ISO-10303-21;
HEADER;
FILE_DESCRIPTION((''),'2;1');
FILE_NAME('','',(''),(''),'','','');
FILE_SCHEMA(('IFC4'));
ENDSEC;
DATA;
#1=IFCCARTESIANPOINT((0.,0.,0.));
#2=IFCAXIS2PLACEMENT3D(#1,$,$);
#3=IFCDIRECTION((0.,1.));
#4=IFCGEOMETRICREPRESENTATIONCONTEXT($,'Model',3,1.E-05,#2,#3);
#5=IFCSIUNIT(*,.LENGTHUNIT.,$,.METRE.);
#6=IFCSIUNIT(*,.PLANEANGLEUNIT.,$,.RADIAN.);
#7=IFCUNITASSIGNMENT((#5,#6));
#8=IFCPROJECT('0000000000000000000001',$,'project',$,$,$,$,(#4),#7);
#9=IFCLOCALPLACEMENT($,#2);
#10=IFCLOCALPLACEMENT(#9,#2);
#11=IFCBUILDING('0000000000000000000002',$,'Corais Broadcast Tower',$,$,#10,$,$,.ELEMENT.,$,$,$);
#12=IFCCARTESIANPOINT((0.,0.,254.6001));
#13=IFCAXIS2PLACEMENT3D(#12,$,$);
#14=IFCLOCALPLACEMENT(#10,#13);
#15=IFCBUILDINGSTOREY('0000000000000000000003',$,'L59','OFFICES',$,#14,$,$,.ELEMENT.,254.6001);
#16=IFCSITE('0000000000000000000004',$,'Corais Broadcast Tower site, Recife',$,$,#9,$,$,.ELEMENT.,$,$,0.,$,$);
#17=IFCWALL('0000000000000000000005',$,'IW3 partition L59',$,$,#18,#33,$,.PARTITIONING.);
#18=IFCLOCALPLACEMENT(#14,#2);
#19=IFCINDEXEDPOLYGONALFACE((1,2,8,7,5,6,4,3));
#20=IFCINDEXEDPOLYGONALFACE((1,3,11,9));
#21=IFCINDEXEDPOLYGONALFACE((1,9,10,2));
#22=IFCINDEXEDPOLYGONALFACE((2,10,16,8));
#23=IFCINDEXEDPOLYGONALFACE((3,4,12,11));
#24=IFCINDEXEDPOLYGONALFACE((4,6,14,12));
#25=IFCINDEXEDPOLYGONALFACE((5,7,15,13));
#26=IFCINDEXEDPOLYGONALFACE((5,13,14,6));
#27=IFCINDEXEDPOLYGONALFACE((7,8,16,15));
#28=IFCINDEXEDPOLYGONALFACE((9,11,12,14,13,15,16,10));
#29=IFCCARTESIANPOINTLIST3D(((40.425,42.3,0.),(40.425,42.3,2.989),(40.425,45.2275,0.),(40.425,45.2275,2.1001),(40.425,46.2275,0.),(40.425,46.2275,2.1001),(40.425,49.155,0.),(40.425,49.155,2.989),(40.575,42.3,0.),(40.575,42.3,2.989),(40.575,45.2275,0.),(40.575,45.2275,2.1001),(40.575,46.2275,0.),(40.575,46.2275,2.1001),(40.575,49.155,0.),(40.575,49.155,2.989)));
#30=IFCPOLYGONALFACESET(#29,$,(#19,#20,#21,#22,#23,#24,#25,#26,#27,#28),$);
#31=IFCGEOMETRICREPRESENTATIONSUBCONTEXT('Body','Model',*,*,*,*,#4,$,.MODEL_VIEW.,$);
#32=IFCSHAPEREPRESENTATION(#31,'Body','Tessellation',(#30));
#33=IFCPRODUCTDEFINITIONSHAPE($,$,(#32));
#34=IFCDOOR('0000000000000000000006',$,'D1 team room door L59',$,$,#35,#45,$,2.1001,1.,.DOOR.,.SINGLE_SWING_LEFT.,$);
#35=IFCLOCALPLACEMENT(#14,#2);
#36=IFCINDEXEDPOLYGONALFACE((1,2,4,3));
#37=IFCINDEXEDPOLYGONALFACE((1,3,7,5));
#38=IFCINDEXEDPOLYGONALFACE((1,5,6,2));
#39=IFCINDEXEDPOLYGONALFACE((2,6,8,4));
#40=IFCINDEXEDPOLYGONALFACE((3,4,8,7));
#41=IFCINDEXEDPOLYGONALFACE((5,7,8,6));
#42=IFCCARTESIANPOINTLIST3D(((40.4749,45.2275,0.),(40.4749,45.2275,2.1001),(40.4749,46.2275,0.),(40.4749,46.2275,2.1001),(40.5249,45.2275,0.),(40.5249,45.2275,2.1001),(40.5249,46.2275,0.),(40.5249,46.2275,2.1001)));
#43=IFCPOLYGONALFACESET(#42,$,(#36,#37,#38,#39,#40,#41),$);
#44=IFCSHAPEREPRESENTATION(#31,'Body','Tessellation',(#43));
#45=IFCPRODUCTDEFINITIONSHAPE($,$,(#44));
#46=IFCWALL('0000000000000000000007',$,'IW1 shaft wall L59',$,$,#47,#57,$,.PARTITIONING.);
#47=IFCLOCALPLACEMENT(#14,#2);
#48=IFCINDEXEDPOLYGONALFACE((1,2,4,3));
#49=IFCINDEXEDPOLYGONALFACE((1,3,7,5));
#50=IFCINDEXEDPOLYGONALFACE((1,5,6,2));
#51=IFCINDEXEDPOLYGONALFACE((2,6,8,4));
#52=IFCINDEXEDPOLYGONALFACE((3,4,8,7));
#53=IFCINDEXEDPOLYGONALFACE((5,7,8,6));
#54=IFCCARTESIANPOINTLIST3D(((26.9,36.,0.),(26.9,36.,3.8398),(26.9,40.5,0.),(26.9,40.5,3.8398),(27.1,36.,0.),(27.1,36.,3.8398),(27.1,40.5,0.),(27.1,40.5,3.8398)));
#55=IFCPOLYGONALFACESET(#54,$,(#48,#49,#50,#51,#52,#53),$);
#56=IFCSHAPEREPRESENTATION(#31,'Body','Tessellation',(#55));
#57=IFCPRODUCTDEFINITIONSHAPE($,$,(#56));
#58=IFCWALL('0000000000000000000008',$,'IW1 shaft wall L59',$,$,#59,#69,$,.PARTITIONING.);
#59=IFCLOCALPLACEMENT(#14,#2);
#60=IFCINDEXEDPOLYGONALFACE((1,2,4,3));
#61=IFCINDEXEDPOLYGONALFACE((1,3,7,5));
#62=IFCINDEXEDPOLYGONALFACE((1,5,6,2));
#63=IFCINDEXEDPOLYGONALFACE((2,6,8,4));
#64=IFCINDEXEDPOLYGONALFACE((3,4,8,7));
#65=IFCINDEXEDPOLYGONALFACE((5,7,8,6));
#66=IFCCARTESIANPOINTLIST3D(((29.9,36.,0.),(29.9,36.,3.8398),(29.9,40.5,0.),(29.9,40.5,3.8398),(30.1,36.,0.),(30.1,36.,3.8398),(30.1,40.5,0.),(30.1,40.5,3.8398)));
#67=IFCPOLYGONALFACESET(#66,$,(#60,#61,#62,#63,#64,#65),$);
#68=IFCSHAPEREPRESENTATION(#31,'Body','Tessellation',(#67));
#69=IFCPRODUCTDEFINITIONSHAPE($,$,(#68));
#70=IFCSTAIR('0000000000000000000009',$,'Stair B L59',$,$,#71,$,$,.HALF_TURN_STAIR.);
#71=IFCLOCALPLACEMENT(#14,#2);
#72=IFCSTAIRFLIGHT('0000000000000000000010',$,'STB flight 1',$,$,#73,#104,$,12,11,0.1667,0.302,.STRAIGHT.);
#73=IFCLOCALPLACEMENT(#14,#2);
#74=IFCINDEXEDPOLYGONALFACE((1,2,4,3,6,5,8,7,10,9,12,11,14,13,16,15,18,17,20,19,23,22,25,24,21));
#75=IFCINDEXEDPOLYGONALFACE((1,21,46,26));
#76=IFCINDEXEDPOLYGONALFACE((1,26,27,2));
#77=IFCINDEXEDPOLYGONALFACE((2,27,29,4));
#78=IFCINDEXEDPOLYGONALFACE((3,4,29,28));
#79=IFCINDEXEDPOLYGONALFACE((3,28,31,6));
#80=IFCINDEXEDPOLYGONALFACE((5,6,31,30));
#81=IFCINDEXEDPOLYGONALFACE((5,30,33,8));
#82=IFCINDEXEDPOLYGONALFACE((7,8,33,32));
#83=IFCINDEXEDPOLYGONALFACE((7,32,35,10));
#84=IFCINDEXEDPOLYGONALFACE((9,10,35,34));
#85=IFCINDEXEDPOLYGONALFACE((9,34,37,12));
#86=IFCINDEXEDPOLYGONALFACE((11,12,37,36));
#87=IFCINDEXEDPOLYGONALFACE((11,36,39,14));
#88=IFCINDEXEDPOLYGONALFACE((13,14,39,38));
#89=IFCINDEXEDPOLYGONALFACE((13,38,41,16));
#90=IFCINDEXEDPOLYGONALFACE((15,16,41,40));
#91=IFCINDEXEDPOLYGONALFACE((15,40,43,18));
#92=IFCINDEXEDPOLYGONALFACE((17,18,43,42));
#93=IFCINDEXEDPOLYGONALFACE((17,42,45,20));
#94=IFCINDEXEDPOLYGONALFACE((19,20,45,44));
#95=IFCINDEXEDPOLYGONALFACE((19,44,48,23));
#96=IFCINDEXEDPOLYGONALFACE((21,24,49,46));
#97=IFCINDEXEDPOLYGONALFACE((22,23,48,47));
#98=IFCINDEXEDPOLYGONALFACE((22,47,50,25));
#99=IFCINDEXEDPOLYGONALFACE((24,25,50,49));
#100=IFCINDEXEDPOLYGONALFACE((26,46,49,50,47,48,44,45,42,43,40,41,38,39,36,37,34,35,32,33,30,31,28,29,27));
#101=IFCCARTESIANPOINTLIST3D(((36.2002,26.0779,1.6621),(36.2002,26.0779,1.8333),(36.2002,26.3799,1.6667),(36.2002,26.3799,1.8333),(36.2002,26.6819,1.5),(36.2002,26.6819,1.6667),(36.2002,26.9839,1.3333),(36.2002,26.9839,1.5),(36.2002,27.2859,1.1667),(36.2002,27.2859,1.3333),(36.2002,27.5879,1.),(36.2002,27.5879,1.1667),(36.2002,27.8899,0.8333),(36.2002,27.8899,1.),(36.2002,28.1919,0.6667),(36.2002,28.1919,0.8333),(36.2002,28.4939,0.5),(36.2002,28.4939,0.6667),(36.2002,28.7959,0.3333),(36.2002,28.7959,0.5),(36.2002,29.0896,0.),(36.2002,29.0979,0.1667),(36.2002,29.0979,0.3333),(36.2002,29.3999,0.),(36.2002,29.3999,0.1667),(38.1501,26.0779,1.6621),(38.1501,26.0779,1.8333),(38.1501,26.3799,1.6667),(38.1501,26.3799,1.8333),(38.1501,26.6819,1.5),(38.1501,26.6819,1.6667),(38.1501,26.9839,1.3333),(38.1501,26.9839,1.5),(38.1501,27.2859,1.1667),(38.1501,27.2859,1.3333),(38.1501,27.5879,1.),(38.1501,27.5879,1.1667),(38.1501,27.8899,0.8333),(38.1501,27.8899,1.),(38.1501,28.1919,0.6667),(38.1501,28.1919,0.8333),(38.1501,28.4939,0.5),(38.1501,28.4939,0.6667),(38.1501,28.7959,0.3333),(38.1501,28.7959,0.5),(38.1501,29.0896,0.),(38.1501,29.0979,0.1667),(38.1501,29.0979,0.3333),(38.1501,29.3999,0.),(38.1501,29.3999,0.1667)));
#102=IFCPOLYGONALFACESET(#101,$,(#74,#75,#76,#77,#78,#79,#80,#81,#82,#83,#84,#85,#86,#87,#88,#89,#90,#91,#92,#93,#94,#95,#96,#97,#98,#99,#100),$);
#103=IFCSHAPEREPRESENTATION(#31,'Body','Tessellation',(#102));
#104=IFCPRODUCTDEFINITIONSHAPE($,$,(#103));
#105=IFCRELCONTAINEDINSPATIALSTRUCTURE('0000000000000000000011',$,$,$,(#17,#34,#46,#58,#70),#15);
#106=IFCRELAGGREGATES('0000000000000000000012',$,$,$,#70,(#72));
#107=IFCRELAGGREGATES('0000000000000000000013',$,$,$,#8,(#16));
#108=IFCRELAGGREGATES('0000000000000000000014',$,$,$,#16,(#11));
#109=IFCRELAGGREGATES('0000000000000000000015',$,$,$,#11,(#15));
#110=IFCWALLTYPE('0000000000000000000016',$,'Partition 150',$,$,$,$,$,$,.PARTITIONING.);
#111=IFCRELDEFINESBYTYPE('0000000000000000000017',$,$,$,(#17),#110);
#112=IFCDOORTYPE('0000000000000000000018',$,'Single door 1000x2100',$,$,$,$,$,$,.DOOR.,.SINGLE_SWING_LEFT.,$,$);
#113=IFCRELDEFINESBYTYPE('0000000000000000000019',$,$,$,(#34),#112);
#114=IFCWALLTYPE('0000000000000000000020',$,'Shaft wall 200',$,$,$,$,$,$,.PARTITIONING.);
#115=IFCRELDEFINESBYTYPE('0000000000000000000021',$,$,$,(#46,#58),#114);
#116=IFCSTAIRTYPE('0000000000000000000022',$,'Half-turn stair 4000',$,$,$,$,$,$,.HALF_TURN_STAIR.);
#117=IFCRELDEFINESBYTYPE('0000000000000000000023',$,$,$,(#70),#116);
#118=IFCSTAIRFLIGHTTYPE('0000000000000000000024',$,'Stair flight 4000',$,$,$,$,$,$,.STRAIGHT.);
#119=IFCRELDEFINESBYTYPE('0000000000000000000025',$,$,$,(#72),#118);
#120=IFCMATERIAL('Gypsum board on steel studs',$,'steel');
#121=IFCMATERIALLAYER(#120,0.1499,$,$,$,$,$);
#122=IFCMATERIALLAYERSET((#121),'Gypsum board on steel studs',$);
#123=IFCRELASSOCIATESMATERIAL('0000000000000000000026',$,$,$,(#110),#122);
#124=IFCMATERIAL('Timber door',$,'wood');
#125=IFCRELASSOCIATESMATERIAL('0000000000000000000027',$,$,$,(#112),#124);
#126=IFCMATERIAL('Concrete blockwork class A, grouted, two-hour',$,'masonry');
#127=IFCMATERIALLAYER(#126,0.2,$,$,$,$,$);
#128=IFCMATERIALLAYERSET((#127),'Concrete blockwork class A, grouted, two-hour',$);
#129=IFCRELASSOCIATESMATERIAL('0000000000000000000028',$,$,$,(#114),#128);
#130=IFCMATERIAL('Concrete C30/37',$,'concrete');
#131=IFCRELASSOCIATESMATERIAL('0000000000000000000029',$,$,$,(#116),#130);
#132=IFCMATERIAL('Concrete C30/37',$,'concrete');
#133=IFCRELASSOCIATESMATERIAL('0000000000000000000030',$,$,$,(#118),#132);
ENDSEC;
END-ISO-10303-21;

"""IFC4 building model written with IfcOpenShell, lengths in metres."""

from ifc_helpers import new_model, si_unit, direction, frame, frame_2d, origin, place, context, subcontext, project, spatial, polyline, rectangle, outline, extrude, material, layer, layer_set, type_object, element, fill, aggregate, save


model = new_model("IFC4")

# Units and contexts
model_context = context("Model", 3, precision=1e-05, world=origin(), true_north=direction((0.0, 1.0)))
body_context = subcontext(model_context, "Body", "Model", "MODEL_VIEW")
ifc_project = project(units=[si_unit("LENGTHUNIT", "METRE"), si_unit("PLANEANGLEUNIT", "RADIAN")], contexts=[model_context])

# Site, building, storey
site_placement = place(None, origin())
site = spatial("IfcSite", under=ifc_project, at=site_placement, Name="Corais Broadcast Tower site, Recife", CompositionType="ELEMENT", RefElevation=0.0)
building_placement = place(site_placement, origin())
building = spatial("IfcBuilding", under=site, at=building_placement, Name="Corais Broadcast Tower", CompositionType="ELEMENT")
storey_placement = place(building_placement, frame((0.0, 0.0, 254.6001)))
storey = spatial("IfcBuildingStorey", under=building, at=storey_placement, Name="L59", Description="OFFICES", CompositionType="ELEMENT", Elevation=254.6001)

# Shared definitions
ifc_material_1 = material(Name="Gypsum board on steel studs", Category="steel")
ifc_layer_1 = layer(ifc_material_1, 0.1499)
ifc_layer_set_1 = layer_set([ifc_layer_1], Name="Gypsum board on steel studs")
wall_type_1 = type_object("IfcWallType", Name="Partition 150", PredefinedType="PARTITIONING", material=ifc_layer_set_1)
ifc_material_2 = material(Name="Timber door", Category="wood")
door_type = type_object("IfcDoorType", Name="Single door 1000x2100", OperationType="SINGLE_SWING_LEFT", PredefinedType="DOOR", material=ifc_material_2)

# Wall, opening, door
wall_1_placement = place(storey_placement, frame((40.5, 49.155, 0.0), z_axis=(0.0, 0.0, 1.0), x_axis=(0.0, -1.0, 0.0)))
wall_1 = element("IfcWall", 1, at=wall_1_placement, inside=storey, type_object=wall_type_1, Name="IW3 partition L59", PredefinedType="PARTITIONING", context=body_context, shape_type="SweptSolid", body=[
    extrude(rectangle(XDim=6.855, YDim=0.1499, at=frame_2d((3.4275, 0.0))), origin(), (0.0, 0.0, 1.0), 2.989),
])
opening_1_placement = place(wall_1_placement, frame((2.9275, 0.0, 0.0)))
opening_1 = element("IfcOpeningElement", 2, at=opening_1_placement, cuts=wall_1, PredefinedType="OPENING", context=body_context, shape_type="SweptSolid", body=[
    extrude(rectangle(XDim=1.0, YDim=2.1001, at=frame_2d((0.5, 1.05))), frame((0.0, 0.085, 0.0), z_axis=(0.0, -1.0, 0.0), x_axis=(1.0, 0.0, 0.0)), (0.0, 0.0, 1.0), 0.1699),
])
door_1_placement = place(opening_1_placement, origin())
door_1 = element("IfcDoor", 3, at=door_1_placement, inside=storey, type_object=door_type, Name="D1 team room door L59", OperationType="SINGLE_SWING_LEFT", OverallHeight=2.1001, OverallWidth=1.0, PredefinedType="DOOR", context=body_context, shape_type="SweptSolid", body=[
    extrude(rectangle(XDim=1.0, YDim=2.1001, at=frame_2d((0.5, 1.05))), frame((0.0, 0.0249, 0.0), z_axis=(0.0, -1.0, 0.0), x_axis=(1.0, 0.0, 0.0)), (0.0, 0.0, 1.0), 0.05),
])
fill(opening_1, door_1)

# Walls
ifc_material_3 = material(Name="Concrete blockwork class A, grouted, two-hour", Category="masonry")
ifc_layer_2 = layer(ifc_material_3, 0.2)
ifc_layer_set_2 = layer_set([ifc_layer_2], Name="Concrete blockwork class A, grouted, two-hour")
wall_type_2 = type_object("IfcWallType", Name="Shaft wall 200", PredefinedType="PARTITIONING", material=ifc_layer_set_2)
for number, where, z_axis, x_axis, name in (
    (4, (27.0, 36.0, 0.0), (0.0, 0.0, 1.0), (0.0, 1.0, 0.0), "IW1 shaft wall L59"),
    (5, (30.0, 36.0, 0.0), (0.0, 0.0, 1.0), (0.0, 1.0, 0.0), "IW1 shaft wall L59"),
):
    element("IfcWall", number, at=place(storey_placement, frame(where, z_axis=z_axis, x_axis=x_axis)), inside=storey, type_object=wall_type_2, Name=name, PredefinedType="PARTITIONING", context=body_context, shape_type="SweptSolid", body=[
        extrude(rectangle(XDim=4.5, YDim=0.2, at=frame_2d((2.25, 0.0))), origin(), (0.0, 0.0, 1.0), 3.8398),
    ])

# Stair, stair flight
ifc_material_4 = material(Name="Concrete C30/37", Category="concrete")
stair_type = type_object("IfcStairType", Name="Half-turn stair 4000", PredefinedType="HALF_TURN_STAIR", material=ifc_material_4)
stair_placement = place(storey_placement, origin())
stair = element("IfcStair", 6, at=stair_placement, inside=storey, type_object=stair_type, Name="Stair B L59", PredefinedType="HALF_TURN_STAIR")
ifc_material_5 = material(Name="Concrete C30/37", Category="concrete")
stair_flight_type = type_object("IfcStairFlightType", Name="Stair flight 4000", PredefinedType="STRAIGHT", material=ifc_material_5)
stair_flight_placement = place(storey_placement, frame((37.175, 29.3999, 0.0), z_axis=(0.0, 0.0, 1.0), x_axis=(0.0, -1.0, 0.0)))
stair_flight = element("IfcStairFlight", 7, at=stair_flight_placement, type_object=stair_flight_type, Name="STB flight 1", NumberOfRisers=12, NumberOfTreads=11, PredefinedType="STRAIGHT", RiserHeight=0.1667, TreadLength=0.302, context=body_context, shape_type="SweptSolid", body=[
    extrude(outline(polyline([(0.0, 0.0), (0.0, 0.1667), (0.302, 0.1667), (0.302, 0.3333), (0.604, 0.3333), (0.604, 0.5), (0.906, 0.5), (0.906, 0.6667), (1.208, 0.6667), (1.208, 0.8333), (1.51, 0.8333), (1.51, 1.0), (1.812, 1.0), (1.812, 1.1667), (2.114, 1.1667), (2.114, 1.3333), (2.416, 1.3333), (2.416, 1.5), (2.718, 1.5), (2.718, 1.6667), (3.02, 1.6667), (3.02, 1.8333), (3.322, 1.8333), (3.322, 2.0), (3.322, 1.6621), (0.3103, 0.0), (0.0, 0.0)])), frame((0.0, 0.9751, 0.0), z_axis=(0.0, -1.0, 0.0), x_axis=(1.0, 0.0, 0.0)), (0.0, 0.0, 1.0), 1.95),
])
aggregate(stair, [stair_flight])

save(model, "model.ifc")
